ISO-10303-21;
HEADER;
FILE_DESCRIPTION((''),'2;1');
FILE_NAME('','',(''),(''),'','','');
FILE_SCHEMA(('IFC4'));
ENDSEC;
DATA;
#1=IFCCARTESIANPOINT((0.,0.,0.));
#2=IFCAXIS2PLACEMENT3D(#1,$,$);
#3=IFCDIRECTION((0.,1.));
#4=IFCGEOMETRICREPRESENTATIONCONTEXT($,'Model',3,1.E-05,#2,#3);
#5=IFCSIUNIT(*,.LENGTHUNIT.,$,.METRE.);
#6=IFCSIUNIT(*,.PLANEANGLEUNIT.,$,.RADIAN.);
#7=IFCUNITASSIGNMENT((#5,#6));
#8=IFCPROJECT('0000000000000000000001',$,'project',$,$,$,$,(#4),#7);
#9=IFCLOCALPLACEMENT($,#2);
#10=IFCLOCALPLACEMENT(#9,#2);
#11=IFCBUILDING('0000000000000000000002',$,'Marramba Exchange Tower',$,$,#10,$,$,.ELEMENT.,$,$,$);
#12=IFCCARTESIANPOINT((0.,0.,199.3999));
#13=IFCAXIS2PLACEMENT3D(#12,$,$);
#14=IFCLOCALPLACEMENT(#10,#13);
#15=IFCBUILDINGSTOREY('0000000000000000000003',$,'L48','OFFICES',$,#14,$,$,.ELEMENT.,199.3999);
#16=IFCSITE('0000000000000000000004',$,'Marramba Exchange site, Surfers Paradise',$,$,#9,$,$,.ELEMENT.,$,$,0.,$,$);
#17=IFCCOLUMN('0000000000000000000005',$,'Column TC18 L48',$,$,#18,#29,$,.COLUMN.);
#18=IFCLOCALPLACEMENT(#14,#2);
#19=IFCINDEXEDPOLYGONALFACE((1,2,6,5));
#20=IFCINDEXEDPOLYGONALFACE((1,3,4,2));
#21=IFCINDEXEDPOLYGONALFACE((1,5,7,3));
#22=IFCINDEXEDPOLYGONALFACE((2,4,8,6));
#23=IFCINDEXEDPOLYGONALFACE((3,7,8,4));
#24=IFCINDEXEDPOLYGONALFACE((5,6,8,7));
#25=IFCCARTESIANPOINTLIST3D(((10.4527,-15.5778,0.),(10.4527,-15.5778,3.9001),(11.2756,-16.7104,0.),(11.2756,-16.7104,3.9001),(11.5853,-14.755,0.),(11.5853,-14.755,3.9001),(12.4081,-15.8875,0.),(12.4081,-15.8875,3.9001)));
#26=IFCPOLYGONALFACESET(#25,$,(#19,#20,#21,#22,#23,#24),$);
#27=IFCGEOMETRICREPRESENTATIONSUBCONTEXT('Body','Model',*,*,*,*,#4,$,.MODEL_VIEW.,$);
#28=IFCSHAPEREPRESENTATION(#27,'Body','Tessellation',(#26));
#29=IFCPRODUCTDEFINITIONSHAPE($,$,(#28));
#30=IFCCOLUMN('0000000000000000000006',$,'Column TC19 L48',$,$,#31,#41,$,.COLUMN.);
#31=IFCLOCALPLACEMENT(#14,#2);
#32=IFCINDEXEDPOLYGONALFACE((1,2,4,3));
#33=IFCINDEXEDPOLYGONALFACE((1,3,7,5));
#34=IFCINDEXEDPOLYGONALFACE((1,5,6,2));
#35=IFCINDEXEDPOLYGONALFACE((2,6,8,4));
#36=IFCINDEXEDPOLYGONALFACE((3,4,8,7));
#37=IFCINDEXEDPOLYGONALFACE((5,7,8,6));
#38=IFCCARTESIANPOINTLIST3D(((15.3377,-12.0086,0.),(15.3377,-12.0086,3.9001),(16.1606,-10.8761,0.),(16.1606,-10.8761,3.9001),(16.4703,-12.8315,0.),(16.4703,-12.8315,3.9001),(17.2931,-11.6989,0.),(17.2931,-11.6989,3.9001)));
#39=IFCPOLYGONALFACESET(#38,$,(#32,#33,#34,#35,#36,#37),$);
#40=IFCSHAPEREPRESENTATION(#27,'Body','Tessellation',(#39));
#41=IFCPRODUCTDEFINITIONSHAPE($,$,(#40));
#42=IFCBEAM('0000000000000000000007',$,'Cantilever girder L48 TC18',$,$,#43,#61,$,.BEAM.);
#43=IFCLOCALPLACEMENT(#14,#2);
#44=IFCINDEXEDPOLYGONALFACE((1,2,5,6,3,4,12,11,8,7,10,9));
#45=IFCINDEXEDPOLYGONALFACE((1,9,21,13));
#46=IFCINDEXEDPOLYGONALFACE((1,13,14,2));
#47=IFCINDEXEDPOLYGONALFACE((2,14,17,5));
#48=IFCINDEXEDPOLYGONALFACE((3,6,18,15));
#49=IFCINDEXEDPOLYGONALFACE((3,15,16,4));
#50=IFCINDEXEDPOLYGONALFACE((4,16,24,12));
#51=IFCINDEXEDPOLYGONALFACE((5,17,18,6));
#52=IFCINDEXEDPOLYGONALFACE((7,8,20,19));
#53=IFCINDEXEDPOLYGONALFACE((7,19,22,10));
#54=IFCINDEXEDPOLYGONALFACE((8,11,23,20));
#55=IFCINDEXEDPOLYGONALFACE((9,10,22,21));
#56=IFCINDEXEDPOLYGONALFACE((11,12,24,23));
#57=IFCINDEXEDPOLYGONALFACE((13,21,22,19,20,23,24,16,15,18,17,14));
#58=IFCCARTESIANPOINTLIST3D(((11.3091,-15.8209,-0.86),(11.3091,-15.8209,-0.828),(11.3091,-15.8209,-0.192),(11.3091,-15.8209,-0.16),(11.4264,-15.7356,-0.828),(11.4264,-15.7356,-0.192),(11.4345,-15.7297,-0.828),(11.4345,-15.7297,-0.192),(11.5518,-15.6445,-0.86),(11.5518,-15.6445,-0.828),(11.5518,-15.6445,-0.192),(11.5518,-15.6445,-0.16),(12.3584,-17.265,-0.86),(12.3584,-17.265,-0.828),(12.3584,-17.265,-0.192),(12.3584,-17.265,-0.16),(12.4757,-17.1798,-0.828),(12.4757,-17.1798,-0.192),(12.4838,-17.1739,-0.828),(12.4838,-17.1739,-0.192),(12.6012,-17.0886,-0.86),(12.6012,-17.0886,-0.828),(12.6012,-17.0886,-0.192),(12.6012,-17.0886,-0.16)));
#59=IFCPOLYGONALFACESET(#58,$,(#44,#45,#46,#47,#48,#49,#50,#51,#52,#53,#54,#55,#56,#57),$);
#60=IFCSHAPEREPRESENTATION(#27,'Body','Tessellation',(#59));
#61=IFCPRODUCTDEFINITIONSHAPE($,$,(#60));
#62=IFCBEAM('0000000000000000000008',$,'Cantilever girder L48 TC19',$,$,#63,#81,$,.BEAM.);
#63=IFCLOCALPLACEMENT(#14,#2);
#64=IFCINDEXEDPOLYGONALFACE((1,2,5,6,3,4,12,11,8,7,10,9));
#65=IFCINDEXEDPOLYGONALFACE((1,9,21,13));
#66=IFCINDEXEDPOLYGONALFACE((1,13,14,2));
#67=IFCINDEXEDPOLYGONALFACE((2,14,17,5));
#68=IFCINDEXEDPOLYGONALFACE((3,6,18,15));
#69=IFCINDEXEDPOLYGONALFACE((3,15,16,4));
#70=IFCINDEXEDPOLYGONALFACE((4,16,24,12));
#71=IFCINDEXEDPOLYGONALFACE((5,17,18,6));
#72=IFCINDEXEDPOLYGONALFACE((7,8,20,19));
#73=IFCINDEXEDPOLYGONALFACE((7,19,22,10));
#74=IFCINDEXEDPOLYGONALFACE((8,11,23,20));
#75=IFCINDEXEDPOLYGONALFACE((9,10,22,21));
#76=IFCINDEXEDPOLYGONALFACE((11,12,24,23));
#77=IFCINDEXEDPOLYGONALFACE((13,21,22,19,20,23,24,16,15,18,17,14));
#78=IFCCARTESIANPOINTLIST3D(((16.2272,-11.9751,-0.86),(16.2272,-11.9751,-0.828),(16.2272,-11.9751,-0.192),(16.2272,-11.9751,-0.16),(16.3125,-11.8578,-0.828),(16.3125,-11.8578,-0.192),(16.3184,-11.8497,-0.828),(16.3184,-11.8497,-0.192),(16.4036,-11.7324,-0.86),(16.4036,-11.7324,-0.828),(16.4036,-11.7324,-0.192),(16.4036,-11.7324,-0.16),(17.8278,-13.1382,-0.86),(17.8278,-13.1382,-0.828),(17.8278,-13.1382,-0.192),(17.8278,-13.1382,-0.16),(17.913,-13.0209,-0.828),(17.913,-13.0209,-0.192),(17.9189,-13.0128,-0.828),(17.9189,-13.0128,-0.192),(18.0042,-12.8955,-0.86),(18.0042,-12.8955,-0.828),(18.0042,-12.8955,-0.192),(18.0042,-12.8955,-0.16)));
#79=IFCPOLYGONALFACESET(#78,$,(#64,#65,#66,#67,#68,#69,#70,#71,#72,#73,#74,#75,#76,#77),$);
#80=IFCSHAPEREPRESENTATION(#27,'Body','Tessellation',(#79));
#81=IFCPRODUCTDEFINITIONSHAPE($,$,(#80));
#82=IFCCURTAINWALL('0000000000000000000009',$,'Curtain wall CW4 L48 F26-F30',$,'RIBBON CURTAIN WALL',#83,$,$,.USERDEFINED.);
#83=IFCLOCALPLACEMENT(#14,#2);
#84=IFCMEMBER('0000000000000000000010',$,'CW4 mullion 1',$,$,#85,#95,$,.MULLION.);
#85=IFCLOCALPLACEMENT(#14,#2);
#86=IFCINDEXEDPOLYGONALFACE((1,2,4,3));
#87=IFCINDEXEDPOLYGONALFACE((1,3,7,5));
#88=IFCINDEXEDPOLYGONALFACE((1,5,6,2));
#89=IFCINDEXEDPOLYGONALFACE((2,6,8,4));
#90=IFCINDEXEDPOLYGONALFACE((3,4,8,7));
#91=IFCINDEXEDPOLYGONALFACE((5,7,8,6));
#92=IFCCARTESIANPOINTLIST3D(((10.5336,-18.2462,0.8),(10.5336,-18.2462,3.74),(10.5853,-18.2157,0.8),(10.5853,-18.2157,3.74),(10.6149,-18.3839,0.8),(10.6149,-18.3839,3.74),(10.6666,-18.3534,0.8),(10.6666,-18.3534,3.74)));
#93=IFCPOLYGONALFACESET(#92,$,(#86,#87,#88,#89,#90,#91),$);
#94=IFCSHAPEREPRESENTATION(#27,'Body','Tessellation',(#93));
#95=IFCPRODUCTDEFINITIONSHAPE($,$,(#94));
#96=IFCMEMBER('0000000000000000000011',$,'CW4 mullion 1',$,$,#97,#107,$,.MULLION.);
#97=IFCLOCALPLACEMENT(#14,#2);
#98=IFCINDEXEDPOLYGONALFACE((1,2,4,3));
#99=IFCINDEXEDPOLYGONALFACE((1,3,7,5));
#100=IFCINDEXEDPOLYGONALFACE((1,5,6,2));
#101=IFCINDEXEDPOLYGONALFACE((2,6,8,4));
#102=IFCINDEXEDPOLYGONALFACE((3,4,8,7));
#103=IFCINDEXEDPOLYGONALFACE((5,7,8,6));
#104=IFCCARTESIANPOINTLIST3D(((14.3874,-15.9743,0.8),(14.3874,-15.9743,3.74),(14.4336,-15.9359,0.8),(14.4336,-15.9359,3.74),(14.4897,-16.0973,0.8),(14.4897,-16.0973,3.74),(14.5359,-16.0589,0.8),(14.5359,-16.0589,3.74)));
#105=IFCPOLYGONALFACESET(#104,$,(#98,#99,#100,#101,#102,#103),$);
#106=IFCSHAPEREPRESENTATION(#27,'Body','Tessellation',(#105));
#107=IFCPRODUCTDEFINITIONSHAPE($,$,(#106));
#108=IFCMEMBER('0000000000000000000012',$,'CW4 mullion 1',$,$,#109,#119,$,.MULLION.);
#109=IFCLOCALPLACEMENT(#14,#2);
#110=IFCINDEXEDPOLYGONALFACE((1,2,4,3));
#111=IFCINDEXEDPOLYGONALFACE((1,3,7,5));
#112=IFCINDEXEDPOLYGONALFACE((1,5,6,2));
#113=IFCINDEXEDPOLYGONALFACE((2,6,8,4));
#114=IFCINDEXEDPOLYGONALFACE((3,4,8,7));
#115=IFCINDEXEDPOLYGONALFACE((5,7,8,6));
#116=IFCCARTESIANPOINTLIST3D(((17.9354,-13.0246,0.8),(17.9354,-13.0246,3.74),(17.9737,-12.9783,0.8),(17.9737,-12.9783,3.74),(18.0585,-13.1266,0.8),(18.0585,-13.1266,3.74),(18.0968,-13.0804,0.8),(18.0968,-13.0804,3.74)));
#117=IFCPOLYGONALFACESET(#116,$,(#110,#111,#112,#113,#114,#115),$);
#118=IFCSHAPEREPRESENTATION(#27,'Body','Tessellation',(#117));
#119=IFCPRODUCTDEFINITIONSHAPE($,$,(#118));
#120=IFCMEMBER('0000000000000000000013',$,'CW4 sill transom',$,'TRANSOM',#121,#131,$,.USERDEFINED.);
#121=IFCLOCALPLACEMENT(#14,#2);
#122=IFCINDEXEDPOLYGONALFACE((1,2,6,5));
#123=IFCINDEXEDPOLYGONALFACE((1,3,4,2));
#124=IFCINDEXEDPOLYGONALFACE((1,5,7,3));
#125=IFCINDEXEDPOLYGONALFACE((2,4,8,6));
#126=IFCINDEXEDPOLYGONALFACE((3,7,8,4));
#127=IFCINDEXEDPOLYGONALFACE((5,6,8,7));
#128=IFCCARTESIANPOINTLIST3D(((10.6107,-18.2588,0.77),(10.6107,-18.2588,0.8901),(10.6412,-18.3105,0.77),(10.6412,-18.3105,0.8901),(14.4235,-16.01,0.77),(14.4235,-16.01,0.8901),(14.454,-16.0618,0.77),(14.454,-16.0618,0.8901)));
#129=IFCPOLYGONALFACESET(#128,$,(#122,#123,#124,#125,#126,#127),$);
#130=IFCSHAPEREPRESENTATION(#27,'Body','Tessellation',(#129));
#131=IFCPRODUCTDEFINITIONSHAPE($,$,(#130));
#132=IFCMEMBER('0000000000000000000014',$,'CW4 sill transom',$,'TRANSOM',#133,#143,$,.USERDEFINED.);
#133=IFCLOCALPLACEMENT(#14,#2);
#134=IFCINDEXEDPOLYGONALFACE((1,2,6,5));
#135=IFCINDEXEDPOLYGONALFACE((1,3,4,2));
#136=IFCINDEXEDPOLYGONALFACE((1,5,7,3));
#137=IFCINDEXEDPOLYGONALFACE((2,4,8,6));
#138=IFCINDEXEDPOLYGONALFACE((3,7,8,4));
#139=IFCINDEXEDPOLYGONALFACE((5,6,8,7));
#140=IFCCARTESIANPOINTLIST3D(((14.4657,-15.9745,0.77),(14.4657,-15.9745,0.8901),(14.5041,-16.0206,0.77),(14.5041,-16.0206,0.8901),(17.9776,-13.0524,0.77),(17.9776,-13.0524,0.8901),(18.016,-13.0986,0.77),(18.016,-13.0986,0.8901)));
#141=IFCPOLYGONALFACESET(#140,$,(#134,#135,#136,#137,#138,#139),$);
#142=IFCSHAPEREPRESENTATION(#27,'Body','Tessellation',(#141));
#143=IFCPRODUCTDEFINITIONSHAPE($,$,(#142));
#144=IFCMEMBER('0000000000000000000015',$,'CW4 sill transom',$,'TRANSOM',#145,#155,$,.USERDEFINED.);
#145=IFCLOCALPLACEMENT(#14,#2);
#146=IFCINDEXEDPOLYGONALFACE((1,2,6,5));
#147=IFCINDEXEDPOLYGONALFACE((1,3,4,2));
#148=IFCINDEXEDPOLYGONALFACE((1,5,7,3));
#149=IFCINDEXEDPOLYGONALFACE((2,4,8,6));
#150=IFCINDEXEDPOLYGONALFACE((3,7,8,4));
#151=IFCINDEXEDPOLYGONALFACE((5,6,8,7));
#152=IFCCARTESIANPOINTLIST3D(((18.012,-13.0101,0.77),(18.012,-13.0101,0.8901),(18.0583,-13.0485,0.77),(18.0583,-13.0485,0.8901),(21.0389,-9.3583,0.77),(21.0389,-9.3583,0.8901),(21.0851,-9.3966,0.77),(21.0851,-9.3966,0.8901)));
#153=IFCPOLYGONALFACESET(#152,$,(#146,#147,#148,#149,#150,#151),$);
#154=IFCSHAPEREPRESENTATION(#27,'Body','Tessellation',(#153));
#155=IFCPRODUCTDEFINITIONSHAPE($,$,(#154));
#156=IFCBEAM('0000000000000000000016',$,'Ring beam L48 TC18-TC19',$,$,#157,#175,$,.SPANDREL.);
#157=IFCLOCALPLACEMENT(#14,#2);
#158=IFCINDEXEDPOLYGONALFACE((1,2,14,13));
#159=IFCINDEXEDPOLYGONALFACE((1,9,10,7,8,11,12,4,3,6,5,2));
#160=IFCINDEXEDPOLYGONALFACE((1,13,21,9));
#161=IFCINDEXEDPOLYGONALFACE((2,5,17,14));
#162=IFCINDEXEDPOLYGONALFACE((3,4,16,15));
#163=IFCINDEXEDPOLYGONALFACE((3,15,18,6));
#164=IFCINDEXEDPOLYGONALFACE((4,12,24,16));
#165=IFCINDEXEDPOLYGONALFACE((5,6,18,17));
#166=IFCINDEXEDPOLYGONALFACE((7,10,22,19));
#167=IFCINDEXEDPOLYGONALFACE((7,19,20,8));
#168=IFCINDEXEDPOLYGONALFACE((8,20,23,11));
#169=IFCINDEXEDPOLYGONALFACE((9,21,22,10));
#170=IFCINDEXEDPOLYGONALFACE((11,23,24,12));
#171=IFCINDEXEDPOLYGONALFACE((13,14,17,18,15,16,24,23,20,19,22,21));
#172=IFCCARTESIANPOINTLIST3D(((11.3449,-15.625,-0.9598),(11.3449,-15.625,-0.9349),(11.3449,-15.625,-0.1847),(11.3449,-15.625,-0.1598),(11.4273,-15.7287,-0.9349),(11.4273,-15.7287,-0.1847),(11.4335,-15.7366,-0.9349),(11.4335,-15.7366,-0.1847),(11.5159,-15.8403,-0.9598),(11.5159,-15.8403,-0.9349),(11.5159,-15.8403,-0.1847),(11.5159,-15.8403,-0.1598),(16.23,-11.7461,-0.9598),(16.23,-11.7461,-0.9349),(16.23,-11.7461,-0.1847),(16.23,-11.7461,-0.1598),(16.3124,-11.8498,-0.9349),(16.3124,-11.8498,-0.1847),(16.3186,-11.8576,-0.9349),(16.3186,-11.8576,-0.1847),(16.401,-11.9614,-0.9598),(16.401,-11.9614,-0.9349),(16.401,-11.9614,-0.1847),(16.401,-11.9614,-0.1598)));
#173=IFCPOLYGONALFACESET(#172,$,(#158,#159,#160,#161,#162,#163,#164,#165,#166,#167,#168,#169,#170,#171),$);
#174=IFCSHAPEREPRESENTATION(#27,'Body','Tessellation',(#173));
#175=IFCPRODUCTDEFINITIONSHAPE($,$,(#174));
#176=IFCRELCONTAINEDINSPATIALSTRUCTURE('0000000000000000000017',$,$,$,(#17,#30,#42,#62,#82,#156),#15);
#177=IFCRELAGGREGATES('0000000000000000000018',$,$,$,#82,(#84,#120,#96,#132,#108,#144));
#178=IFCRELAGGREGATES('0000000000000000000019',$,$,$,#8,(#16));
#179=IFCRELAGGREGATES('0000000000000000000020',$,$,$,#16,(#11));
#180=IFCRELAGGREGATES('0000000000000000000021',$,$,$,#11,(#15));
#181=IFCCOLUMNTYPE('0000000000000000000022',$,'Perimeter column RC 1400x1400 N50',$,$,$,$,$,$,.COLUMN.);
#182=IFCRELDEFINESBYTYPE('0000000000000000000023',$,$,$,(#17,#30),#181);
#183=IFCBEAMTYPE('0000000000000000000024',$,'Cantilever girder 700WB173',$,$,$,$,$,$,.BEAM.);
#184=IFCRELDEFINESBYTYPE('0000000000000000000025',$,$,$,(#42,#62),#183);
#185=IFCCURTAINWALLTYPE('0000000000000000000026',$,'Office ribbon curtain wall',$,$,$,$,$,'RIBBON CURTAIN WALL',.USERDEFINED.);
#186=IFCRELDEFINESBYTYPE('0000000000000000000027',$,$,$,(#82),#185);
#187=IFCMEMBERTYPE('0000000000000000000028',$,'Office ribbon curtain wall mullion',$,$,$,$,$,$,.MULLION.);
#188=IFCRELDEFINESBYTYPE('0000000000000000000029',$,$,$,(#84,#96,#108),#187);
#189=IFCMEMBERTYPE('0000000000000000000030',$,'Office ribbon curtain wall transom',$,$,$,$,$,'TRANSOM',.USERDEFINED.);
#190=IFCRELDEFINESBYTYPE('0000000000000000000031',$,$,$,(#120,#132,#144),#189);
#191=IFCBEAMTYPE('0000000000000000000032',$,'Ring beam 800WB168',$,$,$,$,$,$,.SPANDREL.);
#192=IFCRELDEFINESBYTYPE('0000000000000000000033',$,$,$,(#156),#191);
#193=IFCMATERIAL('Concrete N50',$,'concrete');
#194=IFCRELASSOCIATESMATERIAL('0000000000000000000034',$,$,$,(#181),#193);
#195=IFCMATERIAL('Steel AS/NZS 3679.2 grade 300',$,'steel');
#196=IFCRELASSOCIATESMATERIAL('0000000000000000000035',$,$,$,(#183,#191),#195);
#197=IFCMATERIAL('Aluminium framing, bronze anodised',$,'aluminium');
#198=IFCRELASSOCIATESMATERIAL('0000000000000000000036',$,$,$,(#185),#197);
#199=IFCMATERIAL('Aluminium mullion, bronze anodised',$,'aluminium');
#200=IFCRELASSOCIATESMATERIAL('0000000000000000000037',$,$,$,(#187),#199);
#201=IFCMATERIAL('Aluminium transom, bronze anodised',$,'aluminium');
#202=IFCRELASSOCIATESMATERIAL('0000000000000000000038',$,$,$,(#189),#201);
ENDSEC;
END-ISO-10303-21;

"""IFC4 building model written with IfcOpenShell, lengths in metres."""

from ifc_helpers import new_model, si_unit, direction, frame, origin, origin_2d, place, context, subcontext, project, spatial, rectangle, i_section, extrude, material, material_profile, profile_set, type_object, element, aggregate, save


model = new_model("IFC4")

# Units and contexts
model_context = context("Model", 3, precision=1e-05, world=origin(), true_north=direction((0.0, 1.0)))
body_context = subcontext(model_context, "Body", "Model", "MODEL_VIEW")
ifc_project = project(units=[si_unit("LENGTHUNIT", "METRE"), si_unit("PLANEANGLEUNIT", "RADIAN")], contexts=[model_context])

# Site, building, storey
site_placement = place(None, origin())
site = spatial("IfcSite", under=ifc_project, at=site_placement, Name="Marramba Exchange site, Surfers Paradise", CompositionType="ELEMENT", RefElevation=0.0)
building_placement = place(site_placement, origin())
building = spatial("IfcBuilding", under=site, at=building_placement, Name="Marramba Exchange Tower", CompositionType="ELEMENT")
storey_placement = place(building_placement, frame((0.0, 0.0, 199.3999)))
storey = spatial("IfcBuildingStorey", under=building, at=storey_placement, Name="L48", Description="OFFICES", CompositionType="ELEMENT", Elevation=199.3999)

# Columns
ifc_material_1 = material(Name="Concrete N50", Category="concrete")
ifc_material_profile_1 = material_profile(ifc_material_1, rectangle(XDim=1.3999, YDim=1.3999, at=origin_2d()), Name="RC 1400x1400")
ifc_profile_set_1 = profile_set([ifc_material_profile_1], Name="Concrete N50")
column_type = type_object("IfcColumnType", Name="Perimeter column RC 1400x1400 N50", PredefinedType="COLUMN", material=ifc_profile_set_1)
for number, where, z_axis, x_axis, name in (
    (1, (11.4304, -15.7327, 0.0), (0.0, 0.0, 1.0), (0.587785, -0.809017, 0.0), "Column TC18 L48"),
    (2, (16.3154, -11.8538, 0.0), (0.0, 0.0, 1.0), (0.809017, -0.587785, 0.0), "Column TC19 L48"),
):
    element("IfcColumn", number, at=place(storey_placement, frame(where, z_axis=z_axis, x_axis=x_axis)), inside=storey, type_object=column_type, Name=name, PredefinedType="COLUMN", context=body_context, shape_type="SweptSolid", body=[
        extrude(rectangle(XDim=1.3999, YDim=1.3999, at=origin_2d()), origin(), (0.0, 0.0, 1.0), 3.9001),
    ])

# Beams
ifc_material_2 = material(Name="Steel AS/NZS 3679.2 grade 300", Category="steel")
ifc_material_profile_2 = material_profile(ifc_material_2, i_section(OverallWidth=0.3, OverallDepth=0.7, WebThickness=0.01, FlangeThickness=0.032, at=origin_2d()), Name="700WB173")
ifc_profile_set_2 = profile_set([ifc_material_profile_2], Name="Steel AS/NZS 3679.2 grade 300")
beam_type_1 = type_object("IfcBeamType", Name="Cantilever girder 700WB173", PredefinedType="BEAM", material=ifc_profile_set_2)
beam_1_placement = place(storey_placement, frame((11.4304, -15.7327, -0.51), z_axis=(0.58783, -0.808984, 0.0), x_axis=(0.808984, 0.58783, 0.0)))
element("IfcBeam", 3, at=beam_1_placement, inside=storey, type_object=beam_type_1, Name="Cantilever girder L48 TC18", PredefinedType="BEAM", context=body_context, shape_type="SweptSolid", body=[
    extrude(i_section(OverallWidth=0.3, OverallDepth=0.7, WebThickness=0.01, FlangeThickness=0.032, at=origin_2d()), origin(), (0.0, 0.0, 1.0), 1.7852),
])
beam_2_placement = place(storey_placement, frame((16.3154, -11.8538, -0.51), z_axis=(0.808971, -0.587849, 0.0), x_axis=(0.587849, 0.808971, 0.0)))
element("IfcBeam", 4, at=beam_2_placement, inside=storey, type_object=beam_type_1, Name="Cantilever girder L48 TC19", PredefinedType="BEAM", context=body_context, shape_type="SweptSolid", body=[
    extrude(i_section(OverallWidth=0.3, OverallDepth=0.7, WebThickness=0.01, FlangeThickness=0.032, at=origin_2d()), origin(), (0.0, 0.0, 1.0), 1.9785),
])

# Curtain wall, members
ifc_material_3 = material(Name="Aluminium framing, bronze anodised", Category="aluminium")
curtain_wall_type = type_object("IfcCurtainWallType", Name="Office ribbon curtain wall", ElementType="RIBBON CURTAIN WALL", PredefinedType="USERDEFINED", material=ifc_material_3)
curtain_wall_placement = place(storey_placement, origin())
curtain_wall = element("IfcCurtainWall", 5, at=curtain_wall_placement, inside=storey, type_object=curtain_wall_type, Name="Curtain wall CW4 L48 F26-F30", ObjectType="RIBBON CURTAIN WALL", PredefinedType="USERDEFINED")
ifc_material_4 = material(Name="Aluminium mullion, bronze anodised", Category="aluminium")
ifc_material_profile_3 = material_profile(ifc_material_4, rectangle(XDim=0.1599, YDim=0.0601, at=origin_2d()), Name="CW4 mullion 60x160")
ifc_profile_set_3 = profile_set([ifc_material_profile_3], Name="Aluminium mullion, bronze anodised")
member_type_1 = type_object("IfcMemberType", Name="Office ribbon curtain wall mullion", PredefinedType="MULLION", material=ifc_profile_set_3)
member_1_placement = place(storey_placement, frame((10.6001, -18.2998, 0.8), z_axis=(0.0, 0.0, 1.0), x_axis=(-0.508011, 0.861351, 0.0)))
member_1 = element("IfcMember", 6, at=member_1_placement, type_object=member_type_1, Name="CW4 mullion 1", PredefinedType="MULLION", context=body_context, shape_type="SweptSolid", body=[
    extrude(rectangle(XDim=0.1599, YDim=0.0601, at=origin_2d()), origin(), (0.0, 0.0, 1.0), 2.9399),
])
member_2_placement = place(storey_placement, frame((14.4617, -16.0166, 0.8), z_axis=(0.0, 0.0, 1.0), x_axis=(-0.639565, 0.768737, 0.0)))
member_2 = element("IfcMember", 7, at=member_2_placement, type_object=member_type_1, Name="CW4 mullion 1", PredefinedType="MULLION", context=body_context, shape_type="SweptSolid", body=[
    extrude(rectangle(XDim=0.1599, YDim=0.0601, at=origin_2d()), origin(), (0.0, 0.0, 1.0), 2.9399),
])
member_3_placement = place(storey_placement, frame((18.0161, -13.0525, 0.8), z_axis=(0.0, 0.0, 1.0), x_axis=(-0.769912, 0.63815, 0.0)))
member_3 = element("IfcMember", 8, at=member_3_placement, type_object=member_type_1, Name="CW4 mullion 1", PredefinedType="MULLION", context=body_context, shape_type="SweptSolid", body=[
    extrude(rectangle(XDim=0.1599, YDim=0.0601, at=origin_2d()), origin(), (0.0, 0.0, 1.0), 2.9399),
])
ifc_material_5 = material(Name="Aluminium transom, bronze anodised", Category="aluminium")
ifc_material_profile_4 = material_profile(ifc_material_5, rectangle(XDim=0.0601, YDim=0.1201, at=origin_2d()), Name="CW4 transom 60x120")
ifc_profile_set_4 = profile_set([ifc_material_profile_4], Name="Aluminium transom, bronze anodised")
member_type_2 = type_object("IfcMemberType", Name="Office ribbon curtain wall transom", ElementType="TRANSOM", PredefinedType="USERDEFINED", material=ifc_profile_set_4)
member_4_placement = place(storey_placement, frame((10.626, -18.2847, 0.8301), z_axis=(0.861342, 0.508025, 0.0), x_axis=(-0.508025, 0.861342, 0.0)))
member_4 = element("IfcMember", 9, at=member_4_placement, type_object=member_type_2, Name="CW4 sill transom", ObjectType="TRANSOM", PredefinedType="USERDEFINED", context=body_context, shape_type="SweptSolid", body=[
    extrude(rectangle(XDim=0.0601, YDim=0.1201, at=origin_2d()), origin(), (0.0, 0.0, 1.0), 4.4265),
])
member_5_placement = place(storey_placement, frame((14.4849, -15.9976, 0.8301), z_axis=(0.768707, 0.639601, 0.0), x_axis=(-0.639601, 0.768707, 0.0)))
member_5 = element("IfcMember", 10, at=member_5_placement, type_object=member_type_2, Name="CW4 sill transom", ObjectType="TRANSOM", PredefinedType="USERDEFINED", context=body_context, shape_type="SweptSolid", body=[
    extrude(rectangle(XDim=0.0601, YDim=0.1201, at=origin_2d()), origin(), (0.0, 0.0, 1.0), 4.5686),
])
member_6_placement = place(storey_placement, frame((18.0352, -13.0293, 0.8301), z_axis=(0.638147, 0.769915, 0.0), x_axis=(-0.769915, 0.638147, 0.0)))
member_6 = element("IfcMember", 11, at=member_6_placement, type_object=member_type_2, Name="CW4 sill transom", ObjectType="TRANSOM", PredefinedType="USERDEFINED", context=body_context, shape_type="SweptSolid", body=[
    extrude(rectangle(XDim=0.0601, YDim=0.1201, at=origin_2d()), origin(), (0.0, 0.0, 1.0), 4.7432),
])

# Beam
ifc_material_profile_5 = material_profile(ifc_material_2, i_section(OverallWidth=0.2749, OverallDepth=0.8, WebThickness=0.01, FlangeThickness=0.0249, at=origin_2d()), Name="800WB168")
ifc_profile_set_5 = profile_set([ifc_material_profile_5], Name="Steel AS/NZS 3679.2 grade 300")
beam_type_2 = type_object("IfcBeamType", Name="Ring beam 800WB168", PredefinedType="SPANDREL", material=ifc_profile_set_5)
beam_3_placement = place(storey_placement, frame((11.4304, -15.7327, -0.5598), z_axis=(0.783139, 0.621846, 0.0), x_axis=(-0.621846, 0.783139, 0.0)))
element("IfcBeam", 12, at=beam_3_placement, inside=storey, type_object=beam_type_2, Name="Ring beam L48 TC18-TC19", PredefinedType="SPANDREL", context=body_context, shape_type="SweptSolid", body=[
    extrude(i_section(OverallWidth=0.2749, OverallDepth=0.8, WebThickness=0.01, FlangeThickness=0.0249, at=origin_2d()), origin(), (0.0, 0.0, 1.0), 6.2378),
])

aggregate(curtain_wall, [member_1, member_4, member_2, member_5, member_3, member_6])

save(model, "model.ifc")
